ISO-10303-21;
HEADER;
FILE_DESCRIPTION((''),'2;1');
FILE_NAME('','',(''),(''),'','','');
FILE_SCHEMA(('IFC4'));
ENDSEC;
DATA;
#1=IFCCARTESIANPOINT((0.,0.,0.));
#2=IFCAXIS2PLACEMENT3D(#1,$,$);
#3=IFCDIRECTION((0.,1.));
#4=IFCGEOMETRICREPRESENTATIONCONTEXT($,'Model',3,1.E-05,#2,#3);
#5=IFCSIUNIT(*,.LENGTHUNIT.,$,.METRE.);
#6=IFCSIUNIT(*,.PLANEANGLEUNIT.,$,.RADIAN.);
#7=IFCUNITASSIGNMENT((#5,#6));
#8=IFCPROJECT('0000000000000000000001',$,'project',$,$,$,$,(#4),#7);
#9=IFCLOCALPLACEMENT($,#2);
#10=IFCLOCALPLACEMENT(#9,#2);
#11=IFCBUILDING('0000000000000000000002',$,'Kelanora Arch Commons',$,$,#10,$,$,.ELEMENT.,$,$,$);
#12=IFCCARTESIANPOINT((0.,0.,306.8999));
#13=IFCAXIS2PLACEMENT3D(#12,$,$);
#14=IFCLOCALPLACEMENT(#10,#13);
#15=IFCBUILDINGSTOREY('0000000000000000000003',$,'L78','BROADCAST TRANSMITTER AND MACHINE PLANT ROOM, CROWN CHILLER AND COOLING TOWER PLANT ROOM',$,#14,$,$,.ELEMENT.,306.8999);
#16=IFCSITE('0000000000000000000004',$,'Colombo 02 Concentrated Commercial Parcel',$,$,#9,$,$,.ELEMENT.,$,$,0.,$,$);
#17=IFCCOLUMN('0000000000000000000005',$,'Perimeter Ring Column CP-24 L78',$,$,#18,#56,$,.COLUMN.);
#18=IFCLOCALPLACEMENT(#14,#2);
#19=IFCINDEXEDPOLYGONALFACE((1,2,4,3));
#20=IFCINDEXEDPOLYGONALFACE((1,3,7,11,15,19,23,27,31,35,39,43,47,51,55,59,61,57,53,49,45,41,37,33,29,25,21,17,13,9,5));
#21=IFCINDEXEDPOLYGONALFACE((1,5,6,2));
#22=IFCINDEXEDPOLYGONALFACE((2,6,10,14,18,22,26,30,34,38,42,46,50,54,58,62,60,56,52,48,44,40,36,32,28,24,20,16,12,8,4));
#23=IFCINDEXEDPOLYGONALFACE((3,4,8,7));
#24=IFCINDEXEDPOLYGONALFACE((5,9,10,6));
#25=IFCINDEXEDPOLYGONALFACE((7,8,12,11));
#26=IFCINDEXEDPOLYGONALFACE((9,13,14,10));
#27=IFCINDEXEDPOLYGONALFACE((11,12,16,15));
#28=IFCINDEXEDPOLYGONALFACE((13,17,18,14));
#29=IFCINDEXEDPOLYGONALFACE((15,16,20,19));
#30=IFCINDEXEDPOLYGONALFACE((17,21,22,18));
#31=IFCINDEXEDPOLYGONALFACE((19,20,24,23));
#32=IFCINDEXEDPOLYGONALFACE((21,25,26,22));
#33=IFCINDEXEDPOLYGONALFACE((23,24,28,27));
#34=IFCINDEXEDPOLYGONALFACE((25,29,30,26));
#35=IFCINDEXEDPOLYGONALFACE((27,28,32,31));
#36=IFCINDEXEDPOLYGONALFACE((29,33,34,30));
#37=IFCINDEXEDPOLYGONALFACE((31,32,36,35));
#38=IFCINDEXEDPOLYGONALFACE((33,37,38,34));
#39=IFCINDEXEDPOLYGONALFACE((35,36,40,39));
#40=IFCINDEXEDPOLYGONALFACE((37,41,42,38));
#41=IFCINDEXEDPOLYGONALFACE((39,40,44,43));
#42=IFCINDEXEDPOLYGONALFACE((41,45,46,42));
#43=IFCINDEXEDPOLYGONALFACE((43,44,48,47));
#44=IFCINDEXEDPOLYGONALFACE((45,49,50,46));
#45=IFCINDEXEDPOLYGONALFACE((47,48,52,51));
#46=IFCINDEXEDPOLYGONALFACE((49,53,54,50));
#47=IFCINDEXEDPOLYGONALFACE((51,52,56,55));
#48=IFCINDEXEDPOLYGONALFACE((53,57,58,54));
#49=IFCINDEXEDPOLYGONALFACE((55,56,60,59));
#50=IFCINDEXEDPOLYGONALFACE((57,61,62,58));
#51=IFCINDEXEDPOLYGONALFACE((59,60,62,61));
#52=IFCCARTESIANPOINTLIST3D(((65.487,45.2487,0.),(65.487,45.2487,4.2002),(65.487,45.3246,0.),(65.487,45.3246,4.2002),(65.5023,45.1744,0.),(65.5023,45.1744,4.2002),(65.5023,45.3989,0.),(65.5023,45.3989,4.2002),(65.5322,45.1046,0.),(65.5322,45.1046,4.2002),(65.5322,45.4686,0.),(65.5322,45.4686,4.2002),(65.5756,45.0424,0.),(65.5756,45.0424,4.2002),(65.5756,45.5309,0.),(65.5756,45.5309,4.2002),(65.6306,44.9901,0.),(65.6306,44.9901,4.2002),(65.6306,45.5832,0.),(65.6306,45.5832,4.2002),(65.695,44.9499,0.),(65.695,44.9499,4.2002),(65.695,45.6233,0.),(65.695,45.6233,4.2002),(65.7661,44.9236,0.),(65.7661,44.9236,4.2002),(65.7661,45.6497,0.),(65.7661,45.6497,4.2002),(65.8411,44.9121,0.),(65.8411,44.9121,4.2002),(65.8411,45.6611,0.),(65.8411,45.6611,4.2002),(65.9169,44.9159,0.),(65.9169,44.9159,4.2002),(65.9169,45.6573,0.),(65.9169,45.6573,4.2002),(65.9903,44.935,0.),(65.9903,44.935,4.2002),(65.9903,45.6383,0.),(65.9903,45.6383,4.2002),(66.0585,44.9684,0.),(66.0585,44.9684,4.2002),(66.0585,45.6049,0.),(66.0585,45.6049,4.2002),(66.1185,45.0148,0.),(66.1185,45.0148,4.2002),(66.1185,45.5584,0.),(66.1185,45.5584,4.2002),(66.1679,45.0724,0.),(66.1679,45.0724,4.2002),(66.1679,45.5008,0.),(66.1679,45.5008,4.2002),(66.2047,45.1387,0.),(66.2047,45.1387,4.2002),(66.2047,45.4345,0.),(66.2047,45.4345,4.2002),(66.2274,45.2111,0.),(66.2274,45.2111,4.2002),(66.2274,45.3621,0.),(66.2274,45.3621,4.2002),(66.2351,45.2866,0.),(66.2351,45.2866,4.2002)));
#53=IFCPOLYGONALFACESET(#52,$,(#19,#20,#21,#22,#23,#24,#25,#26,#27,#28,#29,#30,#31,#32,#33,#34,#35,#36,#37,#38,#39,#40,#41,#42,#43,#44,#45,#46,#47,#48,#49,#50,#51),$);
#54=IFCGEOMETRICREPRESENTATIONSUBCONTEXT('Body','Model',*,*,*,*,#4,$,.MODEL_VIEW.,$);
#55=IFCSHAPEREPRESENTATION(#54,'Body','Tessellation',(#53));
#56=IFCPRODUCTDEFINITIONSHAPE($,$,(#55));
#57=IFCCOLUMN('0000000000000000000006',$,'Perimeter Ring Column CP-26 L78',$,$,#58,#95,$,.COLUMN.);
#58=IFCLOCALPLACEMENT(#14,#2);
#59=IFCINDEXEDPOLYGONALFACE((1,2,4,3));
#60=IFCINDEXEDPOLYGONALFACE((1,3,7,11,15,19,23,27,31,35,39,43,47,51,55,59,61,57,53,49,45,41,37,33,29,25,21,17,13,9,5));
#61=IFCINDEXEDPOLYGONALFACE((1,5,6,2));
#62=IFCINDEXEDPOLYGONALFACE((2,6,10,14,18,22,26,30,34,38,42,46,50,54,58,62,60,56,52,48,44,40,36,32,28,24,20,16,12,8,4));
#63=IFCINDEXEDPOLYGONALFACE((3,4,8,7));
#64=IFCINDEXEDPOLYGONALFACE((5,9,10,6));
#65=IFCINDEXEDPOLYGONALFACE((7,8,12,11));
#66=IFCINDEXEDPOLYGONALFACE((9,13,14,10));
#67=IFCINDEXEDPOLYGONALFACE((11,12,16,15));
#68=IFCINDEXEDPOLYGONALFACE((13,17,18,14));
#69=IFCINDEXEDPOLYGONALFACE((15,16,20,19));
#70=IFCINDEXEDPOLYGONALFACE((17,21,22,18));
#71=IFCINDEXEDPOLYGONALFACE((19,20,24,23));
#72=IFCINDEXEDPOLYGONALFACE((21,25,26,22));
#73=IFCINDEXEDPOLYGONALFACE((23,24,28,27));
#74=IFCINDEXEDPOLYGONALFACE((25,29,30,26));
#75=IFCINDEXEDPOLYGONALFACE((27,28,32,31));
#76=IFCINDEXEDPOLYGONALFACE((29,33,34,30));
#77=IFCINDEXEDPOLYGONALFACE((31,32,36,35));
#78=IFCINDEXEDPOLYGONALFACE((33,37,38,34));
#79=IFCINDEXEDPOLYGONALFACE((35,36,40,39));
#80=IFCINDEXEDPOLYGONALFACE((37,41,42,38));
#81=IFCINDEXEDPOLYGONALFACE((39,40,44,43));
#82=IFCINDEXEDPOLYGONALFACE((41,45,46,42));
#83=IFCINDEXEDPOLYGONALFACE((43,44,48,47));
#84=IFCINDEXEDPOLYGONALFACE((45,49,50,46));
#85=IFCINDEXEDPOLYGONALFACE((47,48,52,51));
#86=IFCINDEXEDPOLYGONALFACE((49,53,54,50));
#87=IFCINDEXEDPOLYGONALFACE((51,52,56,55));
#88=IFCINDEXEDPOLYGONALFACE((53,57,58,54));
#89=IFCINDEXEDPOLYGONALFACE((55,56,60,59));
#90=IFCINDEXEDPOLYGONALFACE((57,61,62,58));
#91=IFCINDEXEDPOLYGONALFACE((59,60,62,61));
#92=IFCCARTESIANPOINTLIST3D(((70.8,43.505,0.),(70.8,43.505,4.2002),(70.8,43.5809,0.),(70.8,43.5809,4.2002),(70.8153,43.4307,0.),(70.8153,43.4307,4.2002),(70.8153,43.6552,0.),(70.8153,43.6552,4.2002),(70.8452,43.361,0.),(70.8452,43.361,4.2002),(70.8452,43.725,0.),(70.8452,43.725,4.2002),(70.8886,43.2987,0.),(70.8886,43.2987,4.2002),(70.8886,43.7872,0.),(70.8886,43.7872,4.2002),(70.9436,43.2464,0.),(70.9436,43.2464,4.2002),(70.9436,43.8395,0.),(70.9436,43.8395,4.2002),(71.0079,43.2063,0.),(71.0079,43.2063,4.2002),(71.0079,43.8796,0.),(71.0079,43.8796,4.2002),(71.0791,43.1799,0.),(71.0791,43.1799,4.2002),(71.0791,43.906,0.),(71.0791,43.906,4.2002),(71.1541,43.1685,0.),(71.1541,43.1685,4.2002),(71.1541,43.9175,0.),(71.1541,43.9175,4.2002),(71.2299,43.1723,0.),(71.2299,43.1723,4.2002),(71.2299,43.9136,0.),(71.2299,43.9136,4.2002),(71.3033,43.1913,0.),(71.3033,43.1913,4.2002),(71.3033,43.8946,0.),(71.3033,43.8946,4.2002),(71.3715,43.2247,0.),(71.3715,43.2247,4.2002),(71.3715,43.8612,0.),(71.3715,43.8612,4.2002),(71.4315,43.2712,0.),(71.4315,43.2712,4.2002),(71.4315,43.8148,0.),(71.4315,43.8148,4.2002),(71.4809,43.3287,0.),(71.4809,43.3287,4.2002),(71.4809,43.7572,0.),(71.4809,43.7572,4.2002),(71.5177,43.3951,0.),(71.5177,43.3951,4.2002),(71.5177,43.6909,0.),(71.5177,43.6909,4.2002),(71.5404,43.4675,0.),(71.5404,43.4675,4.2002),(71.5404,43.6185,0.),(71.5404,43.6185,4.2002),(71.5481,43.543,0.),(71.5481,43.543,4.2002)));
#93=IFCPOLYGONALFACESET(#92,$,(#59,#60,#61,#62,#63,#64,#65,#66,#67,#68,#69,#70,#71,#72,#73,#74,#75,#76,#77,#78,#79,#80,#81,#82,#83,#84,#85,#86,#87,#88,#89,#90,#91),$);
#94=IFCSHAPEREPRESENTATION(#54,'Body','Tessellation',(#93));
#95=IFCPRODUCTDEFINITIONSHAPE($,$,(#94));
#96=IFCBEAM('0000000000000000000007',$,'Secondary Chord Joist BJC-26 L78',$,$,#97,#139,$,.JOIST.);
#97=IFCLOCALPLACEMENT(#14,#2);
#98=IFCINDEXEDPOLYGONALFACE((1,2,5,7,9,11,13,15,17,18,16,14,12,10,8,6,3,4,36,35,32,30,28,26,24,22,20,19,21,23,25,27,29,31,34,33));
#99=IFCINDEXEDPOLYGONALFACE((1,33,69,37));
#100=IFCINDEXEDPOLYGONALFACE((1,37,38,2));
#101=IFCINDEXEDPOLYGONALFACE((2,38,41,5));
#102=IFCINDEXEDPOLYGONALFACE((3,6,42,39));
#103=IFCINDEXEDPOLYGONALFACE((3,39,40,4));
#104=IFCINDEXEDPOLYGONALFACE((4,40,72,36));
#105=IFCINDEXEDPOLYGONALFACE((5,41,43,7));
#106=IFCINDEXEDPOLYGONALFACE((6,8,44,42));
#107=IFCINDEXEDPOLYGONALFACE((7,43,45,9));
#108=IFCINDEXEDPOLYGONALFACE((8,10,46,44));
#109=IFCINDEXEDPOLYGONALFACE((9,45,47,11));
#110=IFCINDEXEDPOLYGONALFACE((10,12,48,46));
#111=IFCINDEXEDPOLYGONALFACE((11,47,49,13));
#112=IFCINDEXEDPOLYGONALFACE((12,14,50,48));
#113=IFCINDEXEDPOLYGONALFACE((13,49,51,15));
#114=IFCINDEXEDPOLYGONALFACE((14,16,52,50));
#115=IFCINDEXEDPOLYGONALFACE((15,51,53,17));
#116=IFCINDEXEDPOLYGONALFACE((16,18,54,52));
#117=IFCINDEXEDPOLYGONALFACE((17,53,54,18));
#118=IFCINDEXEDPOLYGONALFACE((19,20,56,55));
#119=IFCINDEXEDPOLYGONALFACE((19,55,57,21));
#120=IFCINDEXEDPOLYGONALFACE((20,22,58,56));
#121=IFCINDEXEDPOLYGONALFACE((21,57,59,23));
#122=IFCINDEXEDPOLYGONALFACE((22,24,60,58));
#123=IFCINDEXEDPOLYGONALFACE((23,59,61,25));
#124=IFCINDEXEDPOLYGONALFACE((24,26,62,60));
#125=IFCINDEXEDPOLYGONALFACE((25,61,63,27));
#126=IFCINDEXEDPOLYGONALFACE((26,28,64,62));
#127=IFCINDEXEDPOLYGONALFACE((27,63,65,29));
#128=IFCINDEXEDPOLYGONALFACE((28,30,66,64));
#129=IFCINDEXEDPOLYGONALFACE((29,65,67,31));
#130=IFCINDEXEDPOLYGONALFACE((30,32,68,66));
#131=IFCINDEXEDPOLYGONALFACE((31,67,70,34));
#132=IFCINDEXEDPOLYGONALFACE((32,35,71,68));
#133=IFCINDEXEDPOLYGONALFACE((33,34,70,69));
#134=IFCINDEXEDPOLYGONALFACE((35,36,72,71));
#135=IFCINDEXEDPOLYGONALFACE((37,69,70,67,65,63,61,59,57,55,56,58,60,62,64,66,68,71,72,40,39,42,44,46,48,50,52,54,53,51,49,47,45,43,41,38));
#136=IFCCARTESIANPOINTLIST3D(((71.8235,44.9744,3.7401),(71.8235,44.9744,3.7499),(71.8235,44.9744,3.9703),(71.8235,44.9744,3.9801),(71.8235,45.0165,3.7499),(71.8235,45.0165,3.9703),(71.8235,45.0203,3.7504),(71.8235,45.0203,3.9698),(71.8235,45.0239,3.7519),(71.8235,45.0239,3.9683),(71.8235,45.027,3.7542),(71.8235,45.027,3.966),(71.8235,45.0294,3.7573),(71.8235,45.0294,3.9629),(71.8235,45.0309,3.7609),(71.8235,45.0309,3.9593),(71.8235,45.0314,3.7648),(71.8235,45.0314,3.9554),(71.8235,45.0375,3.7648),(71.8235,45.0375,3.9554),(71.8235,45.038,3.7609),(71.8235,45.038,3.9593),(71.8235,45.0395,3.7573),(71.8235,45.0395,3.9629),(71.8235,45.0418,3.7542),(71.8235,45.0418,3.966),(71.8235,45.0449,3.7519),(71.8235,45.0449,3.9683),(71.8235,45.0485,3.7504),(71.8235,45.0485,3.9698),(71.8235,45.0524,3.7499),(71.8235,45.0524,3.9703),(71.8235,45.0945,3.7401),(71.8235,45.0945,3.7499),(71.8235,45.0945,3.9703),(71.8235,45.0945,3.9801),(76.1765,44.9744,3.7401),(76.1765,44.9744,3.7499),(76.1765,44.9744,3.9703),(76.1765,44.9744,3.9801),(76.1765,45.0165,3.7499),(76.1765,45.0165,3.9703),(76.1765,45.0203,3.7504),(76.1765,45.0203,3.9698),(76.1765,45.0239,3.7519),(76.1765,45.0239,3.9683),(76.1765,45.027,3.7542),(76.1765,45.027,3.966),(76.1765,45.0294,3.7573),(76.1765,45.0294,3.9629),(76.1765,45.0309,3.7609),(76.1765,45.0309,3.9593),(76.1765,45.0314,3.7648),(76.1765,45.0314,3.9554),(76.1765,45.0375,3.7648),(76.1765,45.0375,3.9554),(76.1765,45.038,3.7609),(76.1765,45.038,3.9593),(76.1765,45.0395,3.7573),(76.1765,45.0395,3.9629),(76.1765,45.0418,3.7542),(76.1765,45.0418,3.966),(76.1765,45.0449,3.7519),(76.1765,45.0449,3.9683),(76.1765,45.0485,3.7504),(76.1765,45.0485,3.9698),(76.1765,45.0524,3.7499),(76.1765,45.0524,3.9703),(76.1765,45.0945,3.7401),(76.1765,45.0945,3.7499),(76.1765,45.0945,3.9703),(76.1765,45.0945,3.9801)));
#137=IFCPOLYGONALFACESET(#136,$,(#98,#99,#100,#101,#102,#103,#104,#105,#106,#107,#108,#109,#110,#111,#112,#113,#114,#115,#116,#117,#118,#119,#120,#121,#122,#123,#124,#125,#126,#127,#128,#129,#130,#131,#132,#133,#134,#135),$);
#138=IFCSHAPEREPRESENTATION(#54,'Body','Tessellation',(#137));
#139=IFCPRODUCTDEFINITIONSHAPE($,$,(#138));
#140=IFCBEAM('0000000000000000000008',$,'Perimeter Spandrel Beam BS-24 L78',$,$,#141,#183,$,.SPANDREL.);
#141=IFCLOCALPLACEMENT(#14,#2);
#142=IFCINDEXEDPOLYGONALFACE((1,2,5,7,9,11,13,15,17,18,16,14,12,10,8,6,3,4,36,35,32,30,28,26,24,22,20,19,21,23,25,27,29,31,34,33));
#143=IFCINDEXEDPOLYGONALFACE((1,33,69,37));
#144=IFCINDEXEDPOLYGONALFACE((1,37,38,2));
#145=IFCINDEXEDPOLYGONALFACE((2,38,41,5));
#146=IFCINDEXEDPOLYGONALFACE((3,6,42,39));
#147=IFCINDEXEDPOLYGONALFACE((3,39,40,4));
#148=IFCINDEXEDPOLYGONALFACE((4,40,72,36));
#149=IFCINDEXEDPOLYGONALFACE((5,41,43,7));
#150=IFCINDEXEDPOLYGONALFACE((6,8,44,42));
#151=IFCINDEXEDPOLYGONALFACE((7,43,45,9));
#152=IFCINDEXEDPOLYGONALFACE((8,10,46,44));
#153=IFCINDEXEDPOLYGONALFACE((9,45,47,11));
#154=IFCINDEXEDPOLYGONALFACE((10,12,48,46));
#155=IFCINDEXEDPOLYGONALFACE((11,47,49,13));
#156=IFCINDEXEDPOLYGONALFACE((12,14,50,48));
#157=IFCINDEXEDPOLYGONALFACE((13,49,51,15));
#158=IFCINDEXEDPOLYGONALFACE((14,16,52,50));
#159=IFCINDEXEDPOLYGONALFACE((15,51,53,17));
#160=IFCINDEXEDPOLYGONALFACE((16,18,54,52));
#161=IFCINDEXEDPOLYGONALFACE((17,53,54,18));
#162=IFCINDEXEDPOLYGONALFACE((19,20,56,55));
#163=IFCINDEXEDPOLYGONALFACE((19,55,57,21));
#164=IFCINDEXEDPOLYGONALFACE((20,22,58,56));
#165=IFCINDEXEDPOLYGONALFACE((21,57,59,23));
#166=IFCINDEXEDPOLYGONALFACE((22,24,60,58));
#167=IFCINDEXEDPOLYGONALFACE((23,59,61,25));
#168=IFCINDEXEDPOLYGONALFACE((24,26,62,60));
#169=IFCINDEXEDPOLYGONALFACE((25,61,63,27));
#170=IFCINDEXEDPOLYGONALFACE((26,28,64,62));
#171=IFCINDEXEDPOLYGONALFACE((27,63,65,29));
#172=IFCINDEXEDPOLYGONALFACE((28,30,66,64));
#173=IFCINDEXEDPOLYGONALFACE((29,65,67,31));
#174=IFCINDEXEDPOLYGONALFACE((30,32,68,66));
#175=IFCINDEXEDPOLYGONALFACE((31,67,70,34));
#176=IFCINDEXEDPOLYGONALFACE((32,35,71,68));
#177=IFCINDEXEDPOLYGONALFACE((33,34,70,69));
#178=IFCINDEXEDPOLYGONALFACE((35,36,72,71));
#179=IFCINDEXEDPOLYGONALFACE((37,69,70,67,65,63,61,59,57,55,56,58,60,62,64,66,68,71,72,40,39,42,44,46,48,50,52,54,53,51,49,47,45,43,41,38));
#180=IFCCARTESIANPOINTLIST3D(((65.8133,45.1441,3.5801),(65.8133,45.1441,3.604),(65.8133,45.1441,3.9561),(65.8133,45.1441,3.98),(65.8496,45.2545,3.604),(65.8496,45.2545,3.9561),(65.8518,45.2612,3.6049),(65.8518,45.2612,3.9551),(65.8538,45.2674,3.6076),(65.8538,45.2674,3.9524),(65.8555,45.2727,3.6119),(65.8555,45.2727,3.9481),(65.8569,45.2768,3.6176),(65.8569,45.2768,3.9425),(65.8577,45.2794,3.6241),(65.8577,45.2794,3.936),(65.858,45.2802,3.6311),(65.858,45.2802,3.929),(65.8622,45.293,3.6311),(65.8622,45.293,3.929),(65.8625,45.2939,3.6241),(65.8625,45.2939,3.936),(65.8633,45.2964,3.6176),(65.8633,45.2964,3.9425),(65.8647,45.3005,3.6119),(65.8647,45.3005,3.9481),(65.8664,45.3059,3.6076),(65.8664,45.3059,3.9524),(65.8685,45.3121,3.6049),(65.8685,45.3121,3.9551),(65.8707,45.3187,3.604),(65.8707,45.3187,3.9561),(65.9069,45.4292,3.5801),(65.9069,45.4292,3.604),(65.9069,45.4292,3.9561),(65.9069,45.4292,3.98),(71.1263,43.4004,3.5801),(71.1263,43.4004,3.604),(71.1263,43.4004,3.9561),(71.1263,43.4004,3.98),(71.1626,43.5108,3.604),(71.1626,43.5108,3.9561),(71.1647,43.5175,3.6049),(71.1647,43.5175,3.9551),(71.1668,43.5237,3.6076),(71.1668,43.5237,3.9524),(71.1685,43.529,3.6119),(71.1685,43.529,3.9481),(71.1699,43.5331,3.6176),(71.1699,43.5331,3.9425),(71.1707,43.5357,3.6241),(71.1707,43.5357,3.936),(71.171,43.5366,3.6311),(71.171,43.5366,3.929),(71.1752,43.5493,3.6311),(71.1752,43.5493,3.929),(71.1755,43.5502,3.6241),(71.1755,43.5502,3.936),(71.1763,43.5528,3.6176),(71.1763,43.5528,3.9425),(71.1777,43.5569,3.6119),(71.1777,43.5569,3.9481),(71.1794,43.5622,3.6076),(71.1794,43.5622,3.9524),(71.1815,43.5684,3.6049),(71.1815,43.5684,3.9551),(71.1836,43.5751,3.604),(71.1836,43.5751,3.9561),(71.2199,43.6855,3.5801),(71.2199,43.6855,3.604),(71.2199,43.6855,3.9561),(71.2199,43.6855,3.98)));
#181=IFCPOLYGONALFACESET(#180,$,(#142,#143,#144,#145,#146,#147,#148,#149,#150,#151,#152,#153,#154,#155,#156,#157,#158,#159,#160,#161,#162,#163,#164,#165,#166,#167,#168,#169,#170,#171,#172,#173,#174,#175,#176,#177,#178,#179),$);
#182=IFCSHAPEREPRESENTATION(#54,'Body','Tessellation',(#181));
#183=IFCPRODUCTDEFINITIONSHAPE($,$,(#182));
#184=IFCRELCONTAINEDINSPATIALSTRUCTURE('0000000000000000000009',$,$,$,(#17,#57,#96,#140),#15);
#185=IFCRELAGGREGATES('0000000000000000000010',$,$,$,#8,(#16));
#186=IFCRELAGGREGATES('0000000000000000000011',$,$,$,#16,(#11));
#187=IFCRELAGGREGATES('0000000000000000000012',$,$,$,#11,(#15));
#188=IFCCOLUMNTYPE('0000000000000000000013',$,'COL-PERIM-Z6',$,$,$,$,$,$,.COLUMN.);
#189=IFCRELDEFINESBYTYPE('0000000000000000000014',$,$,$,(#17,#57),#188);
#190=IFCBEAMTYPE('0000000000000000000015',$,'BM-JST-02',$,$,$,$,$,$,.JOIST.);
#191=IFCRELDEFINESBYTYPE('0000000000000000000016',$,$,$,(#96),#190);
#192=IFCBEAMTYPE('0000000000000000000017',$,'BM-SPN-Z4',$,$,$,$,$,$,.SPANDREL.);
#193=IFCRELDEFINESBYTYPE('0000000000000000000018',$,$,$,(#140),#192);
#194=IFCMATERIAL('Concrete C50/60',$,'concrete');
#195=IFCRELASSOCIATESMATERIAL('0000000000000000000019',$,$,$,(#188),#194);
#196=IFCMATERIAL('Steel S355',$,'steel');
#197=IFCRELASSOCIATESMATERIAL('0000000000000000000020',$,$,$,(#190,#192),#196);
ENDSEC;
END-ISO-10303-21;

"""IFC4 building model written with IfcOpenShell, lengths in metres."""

from ifc_helpers import new_model, si_unit, direction, frame, origin, origin_2d, place, context, subcontext, project, spatial, circle, i_section, extrude, material, material_profile, profile_set, type_object, element, save


model = new_model("IFC4")

# Units and contexts
model_context = context("Model", 3, precision=1e-05, world=origin(), true_north=direction((0.0, 1.0)))
body_context = subcontext(model_context, "Body", "Model", "MODEL_VIEW")
ifc_project = project(units=[si_unit("LENGTHUNIT", "METRE"), si_unit("PLANEANGLEUNIT", "RADIAN")], contexts=[model_context])

# Site, building, storey
site_placement = place(None, origin())
site = spatial("IfcSite", under=ifc_project, at=site_placement, Name="Colombo 02 Concentrated Commercial Parcel", CompositionType="ELEMENT", RefElevation=0.0)
building_placement = place(site_placement, origin())
building = spatial("IfcBuilding", under=site, at=building_placement, Name="Kelanora Arch Commons", CompositionType="ELEMENT")
storey_placement = place(building_placement, frame((0.0, 0.0, 306.8999)))
storey = spatial("IfcBuildingStorey", under=building, at=storey_placement, Name="L78", Description="BROADCAST TRANSMITTER AND MACHINE PLANT ROOM, CROWN CHILLER AND COOLING TOWER PLANT ROOM", CompositionType="ELEMENT", Elevation=306.8999)

# Columns
ifc_material_1 = material(Name="Concrete C50/60", Category="concrete")
ifc_material_profile_1 = material_profile(ifc_material_1, circle(Radius=0.375, at=origin_2d()), Name="RCC750")
ifc_profile_set_1 = profile_set([ifc_material_profile_1], Name="Concrete C50/60")
column_type = type_object("IfcColumnType", Name="COL-PERIM-Z6", PredefinedType="COLUMN", material=ifc_profile_set_1)
for number, where, z_axis, x_axis, name in (
    (1, (65.8601, 45.2866, 0.0), (0.0, 0.0, 1.0), (1.0, 0.0, 0.0), "Perimeter Ring Column CP-24 L78"),
    (2, (71.1731, 43.543, 0.0), (0.0, 0.0, 1.0), (1.0, 0.0, 0.0), "Perimeter Ring Column CP-26 L78"),
):
    element("IfcColumn", number, at=place(storey_placement, frame(where, z_axis=z_axis, x_axis=x_axis)), inside=storey, type_object=column_type, Name=name, PredefinedType="COLUMN", context=body_context, shape_type="SweptSolid", body=[
        extrude(circle(Radius=0.375, at=origin_2d()), origin(), (0.0, 0.0, 1.0), 4.2002),
    ])

# Beams
ifc_material_2 = material(Name="Steel S355", Category="steel")
ifc_material_profile_2 = material_profile(ifc_material_2, i_section(OverallWidth=0.1201, OverallDepth=0.24, WebThickness=0.0061, FlangeThickness=0.0098, FilletRadius=0.0149, at=origin_2d()), Name="IPE240")
ifc_profile_set_2 = profile_set([ifc_material_profile_2], Name="Steel S355")
beam_type_1 = type_object("IfcBeamType", Name="BM-JST-02", PredefinedType="JOIST", material=ifc_profile_set_2)
beam_1_placement = place(storey_placement, frame((71.8235, 45.0344, 3.8601), z_axis=(1.0, 0.0, 0.0), x_axis=(0.0, 1.0, 0.0)))
element("IfcBeam", 3, at=beam_1_placement, inside=storey, type_object=beam_type_1, Name="Secondary Chord Joist BJC-26 L78", PredefinedType="JOIST", context=body_context, shape_type="SweptSolid", body=[
    extrude(i_section(OverallWidth=0.1201, OverallDepth=0.24, WebThickness=0.0061, FlangeThickness=0.0098, FilletRadius=0.0149, at=origin_2d()), origin(), (0.0, 0.0, 1.0), 4.353),
])
ifc_material_profile_3 = material_profile(ifc_material_2, i_section(OverallWidth=0.3, OverallDepth=0.3999, WebThickness=0.0134, FlangeThickness=0.0239, FilletRadius=0.0271, at=origin_2d()), Name="HEB400")
ifc_profile_set_3 = profile_set([ifc_material_profile_3], Name="Steel S355")
beam_type_2 = type_object("IfcBeamType", Name="BM-SPN-Z4", PredefinedType="SPANDREL", material=ifc_profile_set_3)
beam_2_placement = place(storey_placement, frame((65.8601, 45.2866, 3.78), z_axis=(0.95014, -0.311823, 0.0), x_axis=(0.311823, 0.95014, 0.0)))
element("IfcBeam", 4, at=beam_2_placement, inside=storey, type_object=beam_type_2, Name="Perimeter Spandrel Beam BS-24 L78", PredefinedType="SPANDREL", context=body_context, shape_type="SweptSolid", body=[
    extrude(i_section(OverallWidth=0.3, OverallDepth=0.3999, WebThickness=0.0134, FlangeThickness=0.0239, FilletRadius=0.0271, at=origin_2d()), origin(), (0.0, 0.0, 1.0), 5.5918),
])

save(model, "model.ifc")
